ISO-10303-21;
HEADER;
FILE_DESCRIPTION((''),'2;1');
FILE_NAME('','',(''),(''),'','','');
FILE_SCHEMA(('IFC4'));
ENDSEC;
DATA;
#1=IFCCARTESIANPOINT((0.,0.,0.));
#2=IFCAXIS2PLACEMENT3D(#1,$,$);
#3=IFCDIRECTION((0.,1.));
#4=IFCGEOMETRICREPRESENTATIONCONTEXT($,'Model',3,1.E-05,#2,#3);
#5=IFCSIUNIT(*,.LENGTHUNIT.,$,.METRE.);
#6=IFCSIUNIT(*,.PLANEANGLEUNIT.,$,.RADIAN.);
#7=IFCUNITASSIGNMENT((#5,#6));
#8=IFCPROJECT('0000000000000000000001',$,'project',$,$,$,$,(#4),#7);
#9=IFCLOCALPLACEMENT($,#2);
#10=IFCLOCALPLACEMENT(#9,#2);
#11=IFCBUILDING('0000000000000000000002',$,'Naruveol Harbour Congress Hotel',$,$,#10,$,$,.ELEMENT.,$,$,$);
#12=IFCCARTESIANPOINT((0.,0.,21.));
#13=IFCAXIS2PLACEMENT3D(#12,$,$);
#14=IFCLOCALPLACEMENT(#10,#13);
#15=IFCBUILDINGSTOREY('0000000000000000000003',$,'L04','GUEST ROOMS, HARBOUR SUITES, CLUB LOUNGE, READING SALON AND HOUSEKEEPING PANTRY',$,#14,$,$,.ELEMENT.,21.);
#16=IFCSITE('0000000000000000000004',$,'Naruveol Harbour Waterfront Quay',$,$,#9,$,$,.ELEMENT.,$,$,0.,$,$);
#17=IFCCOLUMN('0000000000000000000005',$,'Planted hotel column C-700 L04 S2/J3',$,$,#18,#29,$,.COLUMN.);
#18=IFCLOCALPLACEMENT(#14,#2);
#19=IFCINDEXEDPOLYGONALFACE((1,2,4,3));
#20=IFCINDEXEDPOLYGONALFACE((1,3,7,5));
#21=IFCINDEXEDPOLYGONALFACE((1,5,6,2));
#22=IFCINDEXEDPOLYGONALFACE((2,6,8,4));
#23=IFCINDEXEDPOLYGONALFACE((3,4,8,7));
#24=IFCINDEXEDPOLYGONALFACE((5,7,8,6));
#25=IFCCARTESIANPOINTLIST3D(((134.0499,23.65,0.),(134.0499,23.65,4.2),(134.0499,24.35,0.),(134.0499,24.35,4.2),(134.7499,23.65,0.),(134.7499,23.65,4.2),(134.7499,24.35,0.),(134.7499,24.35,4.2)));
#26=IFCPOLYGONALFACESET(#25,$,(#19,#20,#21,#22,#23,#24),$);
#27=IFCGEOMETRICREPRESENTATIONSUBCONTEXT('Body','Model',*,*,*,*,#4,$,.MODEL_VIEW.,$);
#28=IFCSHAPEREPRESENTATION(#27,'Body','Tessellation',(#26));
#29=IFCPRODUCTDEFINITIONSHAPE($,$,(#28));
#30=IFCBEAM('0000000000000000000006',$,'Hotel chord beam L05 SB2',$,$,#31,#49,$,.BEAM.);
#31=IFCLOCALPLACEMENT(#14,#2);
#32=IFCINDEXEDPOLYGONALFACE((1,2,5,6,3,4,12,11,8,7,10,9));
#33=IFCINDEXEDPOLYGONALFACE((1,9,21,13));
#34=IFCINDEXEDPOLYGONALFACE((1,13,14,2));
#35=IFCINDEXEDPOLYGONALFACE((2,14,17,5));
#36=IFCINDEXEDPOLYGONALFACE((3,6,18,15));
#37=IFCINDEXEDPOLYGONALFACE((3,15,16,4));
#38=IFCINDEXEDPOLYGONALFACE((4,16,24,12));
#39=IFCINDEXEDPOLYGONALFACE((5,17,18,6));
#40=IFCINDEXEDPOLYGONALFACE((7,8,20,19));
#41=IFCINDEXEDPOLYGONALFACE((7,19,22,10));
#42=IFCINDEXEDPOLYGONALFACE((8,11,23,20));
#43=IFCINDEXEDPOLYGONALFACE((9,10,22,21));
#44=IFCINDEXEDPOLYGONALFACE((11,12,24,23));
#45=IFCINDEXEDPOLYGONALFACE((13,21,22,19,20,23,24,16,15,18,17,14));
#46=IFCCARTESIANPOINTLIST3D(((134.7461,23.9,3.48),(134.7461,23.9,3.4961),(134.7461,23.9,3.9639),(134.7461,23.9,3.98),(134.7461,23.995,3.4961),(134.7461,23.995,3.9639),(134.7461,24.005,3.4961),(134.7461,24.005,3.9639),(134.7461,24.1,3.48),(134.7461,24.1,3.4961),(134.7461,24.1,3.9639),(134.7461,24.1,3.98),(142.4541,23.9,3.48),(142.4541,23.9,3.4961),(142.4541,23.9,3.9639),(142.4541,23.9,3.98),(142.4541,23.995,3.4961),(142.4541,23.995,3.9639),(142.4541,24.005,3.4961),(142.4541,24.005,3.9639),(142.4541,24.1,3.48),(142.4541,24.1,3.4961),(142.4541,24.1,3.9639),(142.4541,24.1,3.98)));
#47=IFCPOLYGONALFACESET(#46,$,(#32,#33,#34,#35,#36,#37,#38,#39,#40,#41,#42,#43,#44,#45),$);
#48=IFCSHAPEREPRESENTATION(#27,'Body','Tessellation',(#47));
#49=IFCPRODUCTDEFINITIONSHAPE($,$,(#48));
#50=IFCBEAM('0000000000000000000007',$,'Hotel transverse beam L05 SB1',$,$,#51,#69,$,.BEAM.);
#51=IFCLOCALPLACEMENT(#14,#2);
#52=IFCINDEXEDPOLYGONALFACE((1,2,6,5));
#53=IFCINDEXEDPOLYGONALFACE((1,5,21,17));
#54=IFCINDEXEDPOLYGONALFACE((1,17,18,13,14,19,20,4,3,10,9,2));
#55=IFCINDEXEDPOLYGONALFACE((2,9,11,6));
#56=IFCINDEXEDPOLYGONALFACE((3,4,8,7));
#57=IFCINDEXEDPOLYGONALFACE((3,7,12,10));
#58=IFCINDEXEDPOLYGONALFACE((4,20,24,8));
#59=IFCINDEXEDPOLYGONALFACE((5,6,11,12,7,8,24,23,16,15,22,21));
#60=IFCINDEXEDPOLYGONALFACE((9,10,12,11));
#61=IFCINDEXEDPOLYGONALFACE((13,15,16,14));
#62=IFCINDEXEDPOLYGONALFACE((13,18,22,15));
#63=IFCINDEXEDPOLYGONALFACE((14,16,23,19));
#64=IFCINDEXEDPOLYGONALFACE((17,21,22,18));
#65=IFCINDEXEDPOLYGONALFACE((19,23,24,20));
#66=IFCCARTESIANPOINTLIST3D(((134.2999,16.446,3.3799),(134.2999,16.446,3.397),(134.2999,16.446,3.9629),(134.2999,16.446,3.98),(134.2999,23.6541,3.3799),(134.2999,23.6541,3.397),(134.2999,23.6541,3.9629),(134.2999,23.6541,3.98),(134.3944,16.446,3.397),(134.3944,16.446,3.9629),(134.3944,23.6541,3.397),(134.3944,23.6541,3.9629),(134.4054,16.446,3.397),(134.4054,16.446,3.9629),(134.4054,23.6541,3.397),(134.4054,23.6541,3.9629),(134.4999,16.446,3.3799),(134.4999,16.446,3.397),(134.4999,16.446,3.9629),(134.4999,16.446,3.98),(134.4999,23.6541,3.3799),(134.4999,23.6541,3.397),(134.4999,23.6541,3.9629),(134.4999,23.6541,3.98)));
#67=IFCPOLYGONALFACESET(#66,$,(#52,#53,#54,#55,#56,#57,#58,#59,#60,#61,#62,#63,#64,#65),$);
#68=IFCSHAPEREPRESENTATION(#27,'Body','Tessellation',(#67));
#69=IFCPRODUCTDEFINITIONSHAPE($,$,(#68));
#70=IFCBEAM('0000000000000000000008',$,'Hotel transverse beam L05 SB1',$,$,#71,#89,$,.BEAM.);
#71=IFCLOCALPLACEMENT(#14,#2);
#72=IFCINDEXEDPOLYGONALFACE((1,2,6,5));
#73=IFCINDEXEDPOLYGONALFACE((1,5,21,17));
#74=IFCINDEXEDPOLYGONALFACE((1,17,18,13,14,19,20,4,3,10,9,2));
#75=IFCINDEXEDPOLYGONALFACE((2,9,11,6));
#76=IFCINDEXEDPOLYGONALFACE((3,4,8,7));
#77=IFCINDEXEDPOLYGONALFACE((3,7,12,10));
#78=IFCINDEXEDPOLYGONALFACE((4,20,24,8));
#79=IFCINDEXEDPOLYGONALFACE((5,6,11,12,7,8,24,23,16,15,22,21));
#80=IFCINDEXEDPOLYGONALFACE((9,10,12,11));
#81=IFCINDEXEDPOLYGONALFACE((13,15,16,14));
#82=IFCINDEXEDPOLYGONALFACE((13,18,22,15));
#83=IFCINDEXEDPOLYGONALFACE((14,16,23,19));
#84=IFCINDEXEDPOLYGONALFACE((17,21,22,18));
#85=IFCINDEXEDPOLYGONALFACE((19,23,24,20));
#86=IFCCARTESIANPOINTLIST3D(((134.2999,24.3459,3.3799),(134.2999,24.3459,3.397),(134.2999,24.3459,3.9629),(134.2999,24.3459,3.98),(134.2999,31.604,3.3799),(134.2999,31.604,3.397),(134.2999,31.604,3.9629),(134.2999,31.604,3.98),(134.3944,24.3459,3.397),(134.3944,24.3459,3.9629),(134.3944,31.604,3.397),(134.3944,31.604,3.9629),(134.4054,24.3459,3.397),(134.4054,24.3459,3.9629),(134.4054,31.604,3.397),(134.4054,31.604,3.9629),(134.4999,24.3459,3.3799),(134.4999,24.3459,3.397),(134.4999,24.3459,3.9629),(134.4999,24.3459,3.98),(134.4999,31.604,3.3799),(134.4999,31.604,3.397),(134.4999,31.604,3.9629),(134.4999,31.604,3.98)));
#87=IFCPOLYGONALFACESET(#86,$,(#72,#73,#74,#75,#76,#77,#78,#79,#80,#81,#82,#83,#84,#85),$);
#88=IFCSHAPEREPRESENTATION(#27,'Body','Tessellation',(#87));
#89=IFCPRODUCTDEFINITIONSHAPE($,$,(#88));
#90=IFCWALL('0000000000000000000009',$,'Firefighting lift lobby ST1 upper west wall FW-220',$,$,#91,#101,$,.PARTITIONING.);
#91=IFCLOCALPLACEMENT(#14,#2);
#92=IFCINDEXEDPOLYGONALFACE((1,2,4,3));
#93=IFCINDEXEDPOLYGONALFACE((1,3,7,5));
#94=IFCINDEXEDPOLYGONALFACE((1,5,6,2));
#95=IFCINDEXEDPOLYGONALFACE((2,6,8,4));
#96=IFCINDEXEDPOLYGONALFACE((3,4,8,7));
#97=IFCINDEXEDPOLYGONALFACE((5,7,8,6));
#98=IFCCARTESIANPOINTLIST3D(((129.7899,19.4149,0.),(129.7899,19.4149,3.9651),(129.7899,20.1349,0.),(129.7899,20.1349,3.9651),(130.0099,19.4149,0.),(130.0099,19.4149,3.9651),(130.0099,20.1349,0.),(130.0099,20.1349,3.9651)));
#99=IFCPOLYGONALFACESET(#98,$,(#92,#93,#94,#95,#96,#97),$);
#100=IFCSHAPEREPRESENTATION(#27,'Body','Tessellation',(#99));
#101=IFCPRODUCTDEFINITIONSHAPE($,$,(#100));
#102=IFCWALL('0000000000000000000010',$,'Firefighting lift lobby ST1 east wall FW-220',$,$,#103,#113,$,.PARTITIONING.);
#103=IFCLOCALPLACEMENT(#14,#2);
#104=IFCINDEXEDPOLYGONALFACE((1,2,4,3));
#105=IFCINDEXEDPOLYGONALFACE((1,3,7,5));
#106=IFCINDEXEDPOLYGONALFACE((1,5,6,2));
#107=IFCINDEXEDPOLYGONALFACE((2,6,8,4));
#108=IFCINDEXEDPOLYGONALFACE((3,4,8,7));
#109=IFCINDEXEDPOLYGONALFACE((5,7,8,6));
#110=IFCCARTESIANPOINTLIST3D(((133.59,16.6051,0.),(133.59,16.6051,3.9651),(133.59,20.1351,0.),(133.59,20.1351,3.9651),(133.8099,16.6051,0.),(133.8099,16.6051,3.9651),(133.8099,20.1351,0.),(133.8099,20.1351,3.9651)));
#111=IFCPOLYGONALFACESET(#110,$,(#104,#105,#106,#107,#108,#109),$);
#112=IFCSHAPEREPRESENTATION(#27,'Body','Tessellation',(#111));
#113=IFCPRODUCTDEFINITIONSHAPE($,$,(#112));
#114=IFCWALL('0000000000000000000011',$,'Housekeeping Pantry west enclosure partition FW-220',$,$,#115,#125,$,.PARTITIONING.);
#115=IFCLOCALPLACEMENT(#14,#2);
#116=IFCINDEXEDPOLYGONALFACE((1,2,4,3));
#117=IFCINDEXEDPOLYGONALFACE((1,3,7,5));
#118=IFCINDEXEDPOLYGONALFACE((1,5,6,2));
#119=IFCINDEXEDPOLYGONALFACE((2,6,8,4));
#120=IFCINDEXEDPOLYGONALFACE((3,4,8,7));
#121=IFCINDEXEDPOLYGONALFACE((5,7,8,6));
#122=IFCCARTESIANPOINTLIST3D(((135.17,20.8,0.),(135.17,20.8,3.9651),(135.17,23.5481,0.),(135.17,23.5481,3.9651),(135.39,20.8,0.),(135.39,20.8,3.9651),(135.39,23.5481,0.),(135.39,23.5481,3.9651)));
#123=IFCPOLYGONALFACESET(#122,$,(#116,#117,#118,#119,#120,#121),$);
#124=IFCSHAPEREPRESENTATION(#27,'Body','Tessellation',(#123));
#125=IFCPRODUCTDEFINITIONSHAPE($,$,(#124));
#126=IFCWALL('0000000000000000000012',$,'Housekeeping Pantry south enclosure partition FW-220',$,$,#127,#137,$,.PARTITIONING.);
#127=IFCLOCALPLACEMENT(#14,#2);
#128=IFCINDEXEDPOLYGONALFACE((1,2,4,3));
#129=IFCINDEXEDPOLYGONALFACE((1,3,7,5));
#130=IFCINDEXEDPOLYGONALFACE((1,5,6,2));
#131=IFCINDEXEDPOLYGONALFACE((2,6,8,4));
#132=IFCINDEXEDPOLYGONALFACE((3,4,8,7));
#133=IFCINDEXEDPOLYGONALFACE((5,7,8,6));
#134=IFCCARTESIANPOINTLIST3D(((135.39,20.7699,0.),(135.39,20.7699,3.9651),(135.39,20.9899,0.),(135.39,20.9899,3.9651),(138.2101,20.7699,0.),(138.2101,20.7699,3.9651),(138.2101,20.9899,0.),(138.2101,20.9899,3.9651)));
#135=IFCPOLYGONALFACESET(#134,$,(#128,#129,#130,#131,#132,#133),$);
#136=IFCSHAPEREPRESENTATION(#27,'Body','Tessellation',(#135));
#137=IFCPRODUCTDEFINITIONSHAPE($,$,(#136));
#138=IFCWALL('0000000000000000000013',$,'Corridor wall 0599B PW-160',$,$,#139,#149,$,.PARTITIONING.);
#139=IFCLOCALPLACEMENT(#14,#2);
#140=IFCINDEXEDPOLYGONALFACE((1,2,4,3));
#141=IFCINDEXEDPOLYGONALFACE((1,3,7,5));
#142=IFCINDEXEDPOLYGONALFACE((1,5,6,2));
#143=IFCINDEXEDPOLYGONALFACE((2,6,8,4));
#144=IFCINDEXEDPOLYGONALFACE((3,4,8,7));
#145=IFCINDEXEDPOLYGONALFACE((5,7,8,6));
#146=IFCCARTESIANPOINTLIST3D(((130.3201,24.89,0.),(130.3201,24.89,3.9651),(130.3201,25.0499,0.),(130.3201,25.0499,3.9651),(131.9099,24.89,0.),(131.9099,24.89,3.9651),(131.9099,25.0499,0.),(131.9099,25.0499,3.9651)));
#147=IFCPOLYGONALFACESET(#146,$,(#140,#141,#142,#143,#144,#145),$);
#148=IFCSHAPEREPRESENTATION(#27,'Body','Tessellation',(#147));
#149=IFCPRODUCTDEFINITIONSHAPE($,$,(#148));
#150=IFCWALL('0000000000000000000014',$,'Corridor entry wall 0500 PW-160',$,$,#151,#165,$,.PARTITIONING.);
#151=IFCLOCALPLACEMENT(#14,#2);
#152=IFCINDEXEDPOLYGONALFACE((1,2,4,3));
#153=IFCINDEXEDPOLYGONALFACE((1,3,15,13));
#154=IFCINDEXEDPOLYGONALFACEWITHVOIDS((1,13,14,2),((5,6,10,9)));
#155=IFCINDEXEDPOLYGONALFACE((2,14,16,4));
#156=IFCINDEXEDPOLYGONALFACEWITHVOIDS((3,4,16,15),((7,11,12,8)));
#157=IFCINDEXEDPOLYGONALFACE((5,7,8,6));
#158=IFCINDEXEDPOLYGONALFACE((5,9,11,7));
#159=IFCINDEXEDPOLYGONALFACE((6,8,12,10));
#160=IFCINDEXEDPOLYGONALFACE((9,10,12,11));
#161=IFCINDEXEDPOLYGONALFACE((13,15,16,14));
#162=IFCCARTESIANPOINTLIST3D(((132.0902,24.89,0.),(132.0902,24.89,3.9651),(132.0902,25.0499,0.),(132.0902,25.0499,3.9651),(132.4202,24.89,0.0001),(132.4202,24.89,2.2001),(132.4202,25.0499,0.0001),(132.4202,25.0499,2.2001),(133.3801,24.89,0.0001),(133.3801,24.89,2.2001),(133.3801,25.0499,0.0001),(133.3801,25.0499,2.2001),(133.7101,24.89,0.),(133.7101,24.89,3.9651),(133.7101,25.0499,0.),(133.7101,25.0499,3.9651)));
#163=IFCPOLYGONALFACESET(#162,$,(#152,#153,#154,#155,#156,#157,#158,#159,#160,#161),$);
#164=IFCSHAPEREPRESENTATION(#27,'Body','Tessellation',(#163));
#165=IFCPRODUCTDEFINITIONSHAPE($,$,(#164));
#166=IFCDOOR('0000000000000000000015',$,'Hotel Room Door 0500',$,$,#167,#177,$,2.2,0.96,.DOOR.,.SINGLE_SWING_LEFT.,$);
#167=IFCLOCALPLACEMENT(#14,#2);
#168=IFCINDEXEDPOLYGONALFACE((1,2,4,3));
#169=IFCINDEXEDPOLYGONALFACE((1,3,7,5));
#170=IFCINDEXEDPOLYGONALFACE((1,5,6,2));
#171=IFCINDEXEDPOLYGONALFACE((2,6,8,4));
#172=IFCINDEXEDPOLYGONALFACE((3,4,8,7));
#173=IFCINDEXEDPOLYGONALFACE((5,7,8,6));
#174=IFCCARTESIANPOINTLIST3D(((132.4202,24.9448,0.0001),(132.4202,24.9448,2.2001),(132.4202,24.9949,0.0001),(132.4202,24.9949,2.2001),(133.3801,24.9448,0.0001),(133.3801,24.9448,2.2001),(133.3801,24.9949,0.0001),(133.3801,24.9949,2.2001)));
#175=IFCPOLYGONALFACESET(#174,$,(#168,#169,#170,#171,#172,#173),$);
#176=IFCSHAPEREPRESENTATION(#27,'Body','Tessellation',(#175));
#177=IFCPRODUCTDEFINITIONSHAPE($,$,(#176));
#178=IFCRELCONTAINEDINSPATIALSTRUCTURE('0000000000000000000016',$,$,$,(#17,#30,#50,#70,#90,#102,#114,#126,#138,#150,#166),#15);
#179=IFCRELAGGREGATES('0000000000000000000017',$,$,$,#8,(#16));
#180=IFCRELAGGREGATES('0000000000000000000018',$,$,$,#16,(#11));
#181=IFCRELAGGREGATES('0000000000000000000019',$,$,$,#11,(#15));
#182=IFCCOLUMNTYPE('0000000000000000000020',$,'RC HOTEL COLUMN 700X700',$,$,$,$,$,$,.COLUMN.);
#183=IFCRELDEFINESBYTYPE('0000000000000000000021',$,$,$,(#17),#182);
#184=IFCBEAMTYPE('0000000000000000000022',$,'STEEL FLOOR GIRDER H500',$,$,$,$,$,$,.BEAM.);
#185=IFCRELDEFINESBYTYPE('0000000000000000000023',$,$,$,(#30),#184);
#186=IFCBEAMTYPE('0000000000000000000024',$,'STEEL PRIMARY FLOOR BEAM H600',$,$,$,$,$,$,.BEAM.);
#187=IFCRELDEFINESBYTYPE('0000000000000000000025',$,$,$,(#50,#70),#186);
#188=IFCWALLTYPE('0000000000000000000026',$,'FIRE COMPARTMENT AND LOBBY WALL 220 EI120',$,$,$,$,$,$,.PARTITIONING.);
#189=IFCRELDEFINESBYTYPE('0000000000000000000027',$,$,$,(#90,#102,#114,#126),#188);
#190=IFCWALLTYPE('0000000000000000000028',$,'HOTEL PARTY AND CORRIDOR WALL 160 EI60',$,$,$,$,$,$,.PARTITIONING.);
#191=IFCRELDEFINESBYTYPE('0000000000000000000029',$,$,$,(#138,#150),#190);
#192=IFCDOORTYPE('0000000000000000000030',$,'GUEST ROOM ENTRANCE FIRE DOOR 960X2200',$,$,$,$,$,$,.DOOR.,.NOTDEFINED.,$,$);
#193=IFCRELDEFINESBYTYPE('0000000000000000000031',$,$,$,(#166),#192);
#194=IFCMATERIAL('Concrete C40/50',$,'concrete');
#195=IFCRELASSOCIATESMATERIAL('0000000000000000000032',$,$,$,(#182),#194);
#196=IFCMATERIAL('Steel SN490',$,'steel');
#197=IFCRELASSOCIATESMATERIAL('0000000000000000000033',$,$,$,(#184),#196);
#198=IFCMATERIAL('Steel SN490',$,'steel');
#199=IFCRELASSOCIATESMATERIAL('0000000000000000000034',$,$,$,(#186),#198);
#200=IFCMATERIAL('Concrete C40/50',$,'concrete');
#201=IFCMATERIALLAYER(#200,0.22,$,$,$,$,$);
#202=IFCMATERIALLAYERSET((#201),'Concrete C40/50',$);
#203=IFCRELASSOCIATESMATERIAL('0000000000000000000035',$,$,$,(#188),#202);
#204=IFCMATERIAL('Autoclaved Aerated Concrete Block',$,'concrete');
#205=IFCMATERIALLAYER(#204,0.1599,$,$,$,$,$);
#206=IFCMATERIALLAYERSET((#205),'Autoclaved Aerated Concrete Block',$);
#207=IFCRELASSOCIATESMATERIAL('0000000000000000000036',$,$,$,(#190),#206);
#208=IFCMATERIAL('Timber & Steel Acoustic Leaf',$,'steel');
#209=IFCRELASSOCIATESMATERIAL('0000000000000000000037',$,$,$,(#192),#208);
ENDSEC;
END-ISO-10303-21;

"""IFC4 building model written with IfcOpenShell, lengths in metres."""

from ifc_helpers import new_model, si_unit, direction, frame, frame_2d, origin, origin_2d, place, context, subcontext, project, spatial, rectangle, i_section, extrude, material, layer, layer_set, material_profile, profile_set, type_object, element, fill, save


model = new_model("IFC4")

# Units and contexts
model_context = context("Model", 3, precision=1e-05, world=origin(), true_north=direction((0.0, 1.0)))
body_context = subcontext(model_context, "Body", "Model", "MODEL_VIEW")
ifc_project = project(units=[si_unit("LENGTHUNIT", "METRE"), si_unit("PLANEANGLEUNIT", "RADIAN")], contexts=[model_context])

# Site, building, storey
site_placement = place(None, origin())
site = spatial("IfcSite", under=ifc_project, at=site_placement, Name="Naruveol Harbour Waterfront Quay", CompositionType="ELEMENT", RefElevation=0.0)
building_placement = place(site_placement, origin())
building = spatial("IfcBuilding", under=site, at=building_placement, Name="Naruveol Harbour Congress Hotel", CompositionType="ELEMENT")
storey_placement = place(building_placement, frame((0.0, 0.0, 21.0)))
storey = spatial("IfcBuildingStorey", under=building, at=storey_placement, Name="L04", Description="GUEST ROOMS, HARBOUR SUITES, CLUB LOUNGE, READING SALON AND HOUSEKEEPING PANTRY", CompositionType="ELEMENT", Elevation=21.0)

# Column
ifc_material_1 = material(Name="Concrete C40/50", Category="concrete")
ifc_material_profile_1 = material_profile(ifc_material_1, rectangle(XDim=0.7, YDim=0.7, at=origin_2d()), Name="RC-700x700")
ifc_profile_set_1 = profile_set([ifc_material_profile_1], Name="Concrete C40/50")
column_type = type_object("IfcColumnType", Name="RC HOTEL COLUMN 700X700", PredefinedType="COLUMN", material=ifc_profile_set_1)
column_placement = place(storey_placement, frame((134.3999, 24.0, 0.0), z_axis=(0.0, 0.0, 1.0), x_axis=(1.0, 0.0, 0.0)))
element("IfcColumn", 1, at=column_placement, inside=storey, type_object=column_type, Name="Planted hotel column C-700 L04 S2/J3", PredefinedType="COLUMN", context=body_context, shape_type="SweptSolid", body=[
    extrude(rectangle(XDim=0.7, YDim=0.7, at=origin_2d()), origin(), (0.0, 0.0, 1.0), 4.2),
])

# Beams
ifc_material_2 = material(Name="Steel SN490", Category="steel")
ifc_material_profile_2 = material_profile(ifc_material_2, i_section(OverallWidth=0.2, OverallDepth=0.5, WebThickness=0.01, FlangeThickness=0.0161, at=origin_2d()), Name="H-500x200x10x16")
ifc_profile_set_2 = profile_set([ifc_material_profile_2], Name="Steel SN490")
beam_type_1 = type_object("IfcBeamType", Name="STEEL FLOOR GIRDER H500", PredefinedType="BEAM", material=ifc_profile_set_2)
beam_1_placement = place(storey_placement, frame((134.7461, 24.0, 3.73), z_axis=(1.0, 0.0, 0.0), x_axis=(0.0, 1.0, 0.0)))
element("IfcBeam", 2, at=beam_1_placement, inside=storey, type_object=beam_type_1, Name="Hotel chord beam L05 SB2", PredefinedType="BEAM", context=body_context, shape_type="SweptSolid", body=[
    extrude(i_section(OverallWidth=0.2, OverallDepth=0.5, WebThickness=0.01, FlangeThickness=0.0161, at=origin_2d()), origin(), (0.0, 0.0, 1.0), 7.708),
])
ifc_material_3 = material(Name="Steel SN490", Category="steel")
ifc_material_profile_3 = material_profile(ifc_material_3, i_section(OverallWidth=0.2, OverallDepth=0.6001, WebThickness=0.011, FlangeThickness=0.0171, at=origin_2d()), Name="H-600x200x11x17")
ifc_profile_set_3 = profile_set([ifc_material_profile_3], Name="Steel SN490")
beam_type_2 = type_object("IfcBeamType", Name="STEEL PRIMARY FLOOR BEAM H600", PredefinedType="BEAM", material=ifc_profile_set_3)
beam_2_placement = place(storey_placement, frame((134.3999, 16.446, 3.6799), z_axis=(0.0, 1.0, 0.0), x_axis=(-1.0, 0.0, 0.0)))
element("IfcBeam", 3, at=beam_2_placement, inside=storey, type_object=beam_type_2, Name="Hotel transverse beam L05 SB1", PredefinedType="BEAM", context=body_context, shape_type="SweptSolid", body=[
    extrude(i_section(OverallWidth=0.2, OverallDepth=0.6001, WebThickness=0.011, FlangeThickness=0.0171, at=origin_2d()), origin(), (0.0, 0.0, 1.0), 7.208),
])
beam_3_placement = place(storey_placement, frame((134.3999, 24.3459, 3.6799), z_axis=(0.0, 1.0, 0.0), x_axis=(-1.0, 0.0, 0.0)))
element("IfcBeam", 4, at=beam_3_placement, inside=storey, type_object=beam_type_2, Name="Hotel transverse beam L05 SB1", PredefinedType="BEAM", context=body_context, shape_type="SweptSolid", body=[
    extrude(i_section(OverallWidth=0.2, OverallDepth=0.6001, WebThickness=0.011, FlangeThickness=0.0171, at=origin_2d()), origin(), (0.0, 0.0, 1.0), 7.2581),
])

# Walls
ifc_material_4 = material(Name="Concrete C40/50", Category="concrete")
ifc_layer_1 = layer(ifc_material_4, 0.22)
ifc_layer_set_1 = layer_set([ifc_layer_1], Name="Concrete C40/50")
wall_type_1 = type_object("IfcWallType", Name="FIRE COMPARTMENT AND LOBBY WALL 220 EI120", PredefinedType="PARTITIONING", material=ifc_layer_set_1)
wall_1_placement = place(storey_placement, frame((129.8999, 19.415, 0.0), z_axis=(0.0, 0.0, 1.0), x_axis=(0.0, 1.0, 0.0)))
element("IfcWall", 5, at=wall_1_placement, inside=storey, type_object=wall_type_1, Name="Firefighting lift lobby ST1 upper west wall FW-220", PredefinedType="PARTITIONING", context=body_context, shape_type="SweptSolid", body=[
    extrude(rectangle(XDim=0.72, YDim=0.22, at=frame_2d((0.3599, 0.0))), origin(), (0.0, 0.0, 1.0), 3.9651),
])
wall_2_placement = place(storey_placement, frame((133.7, 16.605, 0.0), z_axis=(0.0, 0.0, 1.0), x_axis=(0.0, 1.0, 0.0)))
element("IfcWall", 6, at=wall_2_placement, inside=storey, type_object=wall_type_1, Name="Firefighting lift lobby ST1 east wall FW-220", PredefinedType="PARTITIONING", context=body_context, shape_type="SweptSolid", body=[
    extrude(rectangle(XDim=3.53, YDim=0.22, at=frame_2d((1.7651, 0.0))), origin(), (0.0, 0.0, 1.0), 3.9651),
])

# Walls
wall_3_placement = place(storey_placement, frame((135.28, 20.8, 0.0), z_axis=(0.0, 0.0, 1.0), x_axis=(0.0, 1.0, 0.0)))
element("IfcWall", 7, at=wall_3_placement, inside=storey, type_object=wall_type_1, Name="Housekeeping Pantry west enclosure partition FW-220", PredefinedType="PARTITIONING", context=body_context, shape_type="SweptSolid", body=[
    extrude(rectangle(XDim=2.748, YDim=0.22, at=frame_2d((1.374, 0.0))), origin(), (0.0, 0.0, 1.0), 3.9651),
])
wall_4_placement = place(storey_placement, frame((135.3899, 20.8799, 0.0), z_axis=(0.0, 0.0, 1.0), x_axis=(1.0, 0.0, 0.0)))
element("IfcWall", 8, at=wall_4_placement, inside=storey, type_object=wall_type_1, Name="Housekeeping Pantry south enclosure partition FW-220", PredefinedType="PARTITIONING", context=body_context, shape_type="SweptSolid", body=[
    extrude(rectangle(XDim=2.8201, YDim=0.22, at=frame_2d((1.4102, 0.0))), origin(), (0.0, 0.0, 1.0), 3.9651),
])
ifc_material_5 = material(Name="Autoclaved Aerated Concrete Block", Category="concrete")
ifc_layer_2 = layer(ifc_material_5, 0.1599)
ifc_layer_set_2 = layer_set([ifc_layer_2], Name="Autoclaved Aerated Concrete Block")
wall_type_2 = type_object("IfcWallType", Name="HOTEL PARTY AND CORRIDOR WALL 160 EI60", PredefinedType="PARTITIONING", material=ifc_layer_set_2)
wall_5_placement = place(storey_placement, frame((130.3201, 24.97, 0.0), z_axis=(0.0, 0.0, 1.0), x_axis=(1.0, 0.0, 0.0)))
element("IfcWall", 9, at=wall_5_placement, inside=storey, type_object=wall_type_2, Name="Corridor wall 0599B PW-160", PredefinedType="PARTITIONING", context=body_context, shape_type="SweptSolid", body=[
    extrude(rectangle(XDim=1.5898, YDim=0.1599, at=frame_2d((0.7949, 0.0))), origin(), (0.0, 0.0, 1.0), 3.9651),
])

# Wall, opening, door
wall_6_placement = place(storey_placement, frame((132.0901, 24.97, 0.0), z_axis=(0.0, 0.0, 1.0), x_axis=(1.0, 0.0, 0.0)))
wall_6 = element("IfcWall", 10, at=wall_6_placement, inside=storey, type_object=wall_type_2, Name="Corridor entry wall 0500 PW-160", PredefinedType="PARTITIONING", context=body_context, shape_type="SweptSolid", body=[
    extrude(rectangle(XDim=1.6199, YDim=0.1599, at=frame_2d((0.8101, 0.0))), origin(), (0.0, 0.0, 1.0), 3.9651),
])
opening_1_placement = place(wall_6_placement, frame((0.3301, 0.0, 0.0)))
opening_1 = element("IfcOpeningElement", 11, at=opening_1_placement, cuts=wall_6, PredefinedType="OPENING", context=body_context, shape_type="SweptSolid", body=[
    extrude(rectangle(XDim=0.96, YDim=2.2, at=frame_2d((0.48, 1.1001))), frame((0.0, 0.0898, 0.0), z_axis=(0.0, -1.0, 0.0), x_axis=(1.0, 0.0, 0.0)), (0.0, 0.0, 1.0), 0.1799),
])
ifc_material_6 = material(Name="Timber & Steel Acoustic Leaf", Category="steel")
door_type_1 = type_object("IfcDoorType", Name="GUEST ROOM ENTRANCE FIRE DOOR 960X2200", OperationType="NOTDEFINED", PredefinedType="DOOR", material=ifc_material_6)
door_1_placement = place(opening_1_placement, origin())
door_1 = element("IfcDoor", 12, at=door_1_placement, inside=storey, type_object=door_type_1, Name="Hotel Room Door 0500", OperationType="SINGLE_SWING_LEFT", OverallHeight=2.2, OverallWidth=0.96, PredefinedType="DOOR", context=body_context, shape_type="SweptSolid", body=[
    extrude(rectangle(XDim=0.96, YDim=2.2, at=frame_2d((0.48, 1.1001))), frame((0.0, 0.0249, 0.0), z_axis=(0.0, -1.0, 0.0), x_axis=(1.0, 0.0, 0.0)), (0.0, 0.0, 1.0), 0.05),
])
fill(opening_1, door_1)

save(model, "model.ifc")
